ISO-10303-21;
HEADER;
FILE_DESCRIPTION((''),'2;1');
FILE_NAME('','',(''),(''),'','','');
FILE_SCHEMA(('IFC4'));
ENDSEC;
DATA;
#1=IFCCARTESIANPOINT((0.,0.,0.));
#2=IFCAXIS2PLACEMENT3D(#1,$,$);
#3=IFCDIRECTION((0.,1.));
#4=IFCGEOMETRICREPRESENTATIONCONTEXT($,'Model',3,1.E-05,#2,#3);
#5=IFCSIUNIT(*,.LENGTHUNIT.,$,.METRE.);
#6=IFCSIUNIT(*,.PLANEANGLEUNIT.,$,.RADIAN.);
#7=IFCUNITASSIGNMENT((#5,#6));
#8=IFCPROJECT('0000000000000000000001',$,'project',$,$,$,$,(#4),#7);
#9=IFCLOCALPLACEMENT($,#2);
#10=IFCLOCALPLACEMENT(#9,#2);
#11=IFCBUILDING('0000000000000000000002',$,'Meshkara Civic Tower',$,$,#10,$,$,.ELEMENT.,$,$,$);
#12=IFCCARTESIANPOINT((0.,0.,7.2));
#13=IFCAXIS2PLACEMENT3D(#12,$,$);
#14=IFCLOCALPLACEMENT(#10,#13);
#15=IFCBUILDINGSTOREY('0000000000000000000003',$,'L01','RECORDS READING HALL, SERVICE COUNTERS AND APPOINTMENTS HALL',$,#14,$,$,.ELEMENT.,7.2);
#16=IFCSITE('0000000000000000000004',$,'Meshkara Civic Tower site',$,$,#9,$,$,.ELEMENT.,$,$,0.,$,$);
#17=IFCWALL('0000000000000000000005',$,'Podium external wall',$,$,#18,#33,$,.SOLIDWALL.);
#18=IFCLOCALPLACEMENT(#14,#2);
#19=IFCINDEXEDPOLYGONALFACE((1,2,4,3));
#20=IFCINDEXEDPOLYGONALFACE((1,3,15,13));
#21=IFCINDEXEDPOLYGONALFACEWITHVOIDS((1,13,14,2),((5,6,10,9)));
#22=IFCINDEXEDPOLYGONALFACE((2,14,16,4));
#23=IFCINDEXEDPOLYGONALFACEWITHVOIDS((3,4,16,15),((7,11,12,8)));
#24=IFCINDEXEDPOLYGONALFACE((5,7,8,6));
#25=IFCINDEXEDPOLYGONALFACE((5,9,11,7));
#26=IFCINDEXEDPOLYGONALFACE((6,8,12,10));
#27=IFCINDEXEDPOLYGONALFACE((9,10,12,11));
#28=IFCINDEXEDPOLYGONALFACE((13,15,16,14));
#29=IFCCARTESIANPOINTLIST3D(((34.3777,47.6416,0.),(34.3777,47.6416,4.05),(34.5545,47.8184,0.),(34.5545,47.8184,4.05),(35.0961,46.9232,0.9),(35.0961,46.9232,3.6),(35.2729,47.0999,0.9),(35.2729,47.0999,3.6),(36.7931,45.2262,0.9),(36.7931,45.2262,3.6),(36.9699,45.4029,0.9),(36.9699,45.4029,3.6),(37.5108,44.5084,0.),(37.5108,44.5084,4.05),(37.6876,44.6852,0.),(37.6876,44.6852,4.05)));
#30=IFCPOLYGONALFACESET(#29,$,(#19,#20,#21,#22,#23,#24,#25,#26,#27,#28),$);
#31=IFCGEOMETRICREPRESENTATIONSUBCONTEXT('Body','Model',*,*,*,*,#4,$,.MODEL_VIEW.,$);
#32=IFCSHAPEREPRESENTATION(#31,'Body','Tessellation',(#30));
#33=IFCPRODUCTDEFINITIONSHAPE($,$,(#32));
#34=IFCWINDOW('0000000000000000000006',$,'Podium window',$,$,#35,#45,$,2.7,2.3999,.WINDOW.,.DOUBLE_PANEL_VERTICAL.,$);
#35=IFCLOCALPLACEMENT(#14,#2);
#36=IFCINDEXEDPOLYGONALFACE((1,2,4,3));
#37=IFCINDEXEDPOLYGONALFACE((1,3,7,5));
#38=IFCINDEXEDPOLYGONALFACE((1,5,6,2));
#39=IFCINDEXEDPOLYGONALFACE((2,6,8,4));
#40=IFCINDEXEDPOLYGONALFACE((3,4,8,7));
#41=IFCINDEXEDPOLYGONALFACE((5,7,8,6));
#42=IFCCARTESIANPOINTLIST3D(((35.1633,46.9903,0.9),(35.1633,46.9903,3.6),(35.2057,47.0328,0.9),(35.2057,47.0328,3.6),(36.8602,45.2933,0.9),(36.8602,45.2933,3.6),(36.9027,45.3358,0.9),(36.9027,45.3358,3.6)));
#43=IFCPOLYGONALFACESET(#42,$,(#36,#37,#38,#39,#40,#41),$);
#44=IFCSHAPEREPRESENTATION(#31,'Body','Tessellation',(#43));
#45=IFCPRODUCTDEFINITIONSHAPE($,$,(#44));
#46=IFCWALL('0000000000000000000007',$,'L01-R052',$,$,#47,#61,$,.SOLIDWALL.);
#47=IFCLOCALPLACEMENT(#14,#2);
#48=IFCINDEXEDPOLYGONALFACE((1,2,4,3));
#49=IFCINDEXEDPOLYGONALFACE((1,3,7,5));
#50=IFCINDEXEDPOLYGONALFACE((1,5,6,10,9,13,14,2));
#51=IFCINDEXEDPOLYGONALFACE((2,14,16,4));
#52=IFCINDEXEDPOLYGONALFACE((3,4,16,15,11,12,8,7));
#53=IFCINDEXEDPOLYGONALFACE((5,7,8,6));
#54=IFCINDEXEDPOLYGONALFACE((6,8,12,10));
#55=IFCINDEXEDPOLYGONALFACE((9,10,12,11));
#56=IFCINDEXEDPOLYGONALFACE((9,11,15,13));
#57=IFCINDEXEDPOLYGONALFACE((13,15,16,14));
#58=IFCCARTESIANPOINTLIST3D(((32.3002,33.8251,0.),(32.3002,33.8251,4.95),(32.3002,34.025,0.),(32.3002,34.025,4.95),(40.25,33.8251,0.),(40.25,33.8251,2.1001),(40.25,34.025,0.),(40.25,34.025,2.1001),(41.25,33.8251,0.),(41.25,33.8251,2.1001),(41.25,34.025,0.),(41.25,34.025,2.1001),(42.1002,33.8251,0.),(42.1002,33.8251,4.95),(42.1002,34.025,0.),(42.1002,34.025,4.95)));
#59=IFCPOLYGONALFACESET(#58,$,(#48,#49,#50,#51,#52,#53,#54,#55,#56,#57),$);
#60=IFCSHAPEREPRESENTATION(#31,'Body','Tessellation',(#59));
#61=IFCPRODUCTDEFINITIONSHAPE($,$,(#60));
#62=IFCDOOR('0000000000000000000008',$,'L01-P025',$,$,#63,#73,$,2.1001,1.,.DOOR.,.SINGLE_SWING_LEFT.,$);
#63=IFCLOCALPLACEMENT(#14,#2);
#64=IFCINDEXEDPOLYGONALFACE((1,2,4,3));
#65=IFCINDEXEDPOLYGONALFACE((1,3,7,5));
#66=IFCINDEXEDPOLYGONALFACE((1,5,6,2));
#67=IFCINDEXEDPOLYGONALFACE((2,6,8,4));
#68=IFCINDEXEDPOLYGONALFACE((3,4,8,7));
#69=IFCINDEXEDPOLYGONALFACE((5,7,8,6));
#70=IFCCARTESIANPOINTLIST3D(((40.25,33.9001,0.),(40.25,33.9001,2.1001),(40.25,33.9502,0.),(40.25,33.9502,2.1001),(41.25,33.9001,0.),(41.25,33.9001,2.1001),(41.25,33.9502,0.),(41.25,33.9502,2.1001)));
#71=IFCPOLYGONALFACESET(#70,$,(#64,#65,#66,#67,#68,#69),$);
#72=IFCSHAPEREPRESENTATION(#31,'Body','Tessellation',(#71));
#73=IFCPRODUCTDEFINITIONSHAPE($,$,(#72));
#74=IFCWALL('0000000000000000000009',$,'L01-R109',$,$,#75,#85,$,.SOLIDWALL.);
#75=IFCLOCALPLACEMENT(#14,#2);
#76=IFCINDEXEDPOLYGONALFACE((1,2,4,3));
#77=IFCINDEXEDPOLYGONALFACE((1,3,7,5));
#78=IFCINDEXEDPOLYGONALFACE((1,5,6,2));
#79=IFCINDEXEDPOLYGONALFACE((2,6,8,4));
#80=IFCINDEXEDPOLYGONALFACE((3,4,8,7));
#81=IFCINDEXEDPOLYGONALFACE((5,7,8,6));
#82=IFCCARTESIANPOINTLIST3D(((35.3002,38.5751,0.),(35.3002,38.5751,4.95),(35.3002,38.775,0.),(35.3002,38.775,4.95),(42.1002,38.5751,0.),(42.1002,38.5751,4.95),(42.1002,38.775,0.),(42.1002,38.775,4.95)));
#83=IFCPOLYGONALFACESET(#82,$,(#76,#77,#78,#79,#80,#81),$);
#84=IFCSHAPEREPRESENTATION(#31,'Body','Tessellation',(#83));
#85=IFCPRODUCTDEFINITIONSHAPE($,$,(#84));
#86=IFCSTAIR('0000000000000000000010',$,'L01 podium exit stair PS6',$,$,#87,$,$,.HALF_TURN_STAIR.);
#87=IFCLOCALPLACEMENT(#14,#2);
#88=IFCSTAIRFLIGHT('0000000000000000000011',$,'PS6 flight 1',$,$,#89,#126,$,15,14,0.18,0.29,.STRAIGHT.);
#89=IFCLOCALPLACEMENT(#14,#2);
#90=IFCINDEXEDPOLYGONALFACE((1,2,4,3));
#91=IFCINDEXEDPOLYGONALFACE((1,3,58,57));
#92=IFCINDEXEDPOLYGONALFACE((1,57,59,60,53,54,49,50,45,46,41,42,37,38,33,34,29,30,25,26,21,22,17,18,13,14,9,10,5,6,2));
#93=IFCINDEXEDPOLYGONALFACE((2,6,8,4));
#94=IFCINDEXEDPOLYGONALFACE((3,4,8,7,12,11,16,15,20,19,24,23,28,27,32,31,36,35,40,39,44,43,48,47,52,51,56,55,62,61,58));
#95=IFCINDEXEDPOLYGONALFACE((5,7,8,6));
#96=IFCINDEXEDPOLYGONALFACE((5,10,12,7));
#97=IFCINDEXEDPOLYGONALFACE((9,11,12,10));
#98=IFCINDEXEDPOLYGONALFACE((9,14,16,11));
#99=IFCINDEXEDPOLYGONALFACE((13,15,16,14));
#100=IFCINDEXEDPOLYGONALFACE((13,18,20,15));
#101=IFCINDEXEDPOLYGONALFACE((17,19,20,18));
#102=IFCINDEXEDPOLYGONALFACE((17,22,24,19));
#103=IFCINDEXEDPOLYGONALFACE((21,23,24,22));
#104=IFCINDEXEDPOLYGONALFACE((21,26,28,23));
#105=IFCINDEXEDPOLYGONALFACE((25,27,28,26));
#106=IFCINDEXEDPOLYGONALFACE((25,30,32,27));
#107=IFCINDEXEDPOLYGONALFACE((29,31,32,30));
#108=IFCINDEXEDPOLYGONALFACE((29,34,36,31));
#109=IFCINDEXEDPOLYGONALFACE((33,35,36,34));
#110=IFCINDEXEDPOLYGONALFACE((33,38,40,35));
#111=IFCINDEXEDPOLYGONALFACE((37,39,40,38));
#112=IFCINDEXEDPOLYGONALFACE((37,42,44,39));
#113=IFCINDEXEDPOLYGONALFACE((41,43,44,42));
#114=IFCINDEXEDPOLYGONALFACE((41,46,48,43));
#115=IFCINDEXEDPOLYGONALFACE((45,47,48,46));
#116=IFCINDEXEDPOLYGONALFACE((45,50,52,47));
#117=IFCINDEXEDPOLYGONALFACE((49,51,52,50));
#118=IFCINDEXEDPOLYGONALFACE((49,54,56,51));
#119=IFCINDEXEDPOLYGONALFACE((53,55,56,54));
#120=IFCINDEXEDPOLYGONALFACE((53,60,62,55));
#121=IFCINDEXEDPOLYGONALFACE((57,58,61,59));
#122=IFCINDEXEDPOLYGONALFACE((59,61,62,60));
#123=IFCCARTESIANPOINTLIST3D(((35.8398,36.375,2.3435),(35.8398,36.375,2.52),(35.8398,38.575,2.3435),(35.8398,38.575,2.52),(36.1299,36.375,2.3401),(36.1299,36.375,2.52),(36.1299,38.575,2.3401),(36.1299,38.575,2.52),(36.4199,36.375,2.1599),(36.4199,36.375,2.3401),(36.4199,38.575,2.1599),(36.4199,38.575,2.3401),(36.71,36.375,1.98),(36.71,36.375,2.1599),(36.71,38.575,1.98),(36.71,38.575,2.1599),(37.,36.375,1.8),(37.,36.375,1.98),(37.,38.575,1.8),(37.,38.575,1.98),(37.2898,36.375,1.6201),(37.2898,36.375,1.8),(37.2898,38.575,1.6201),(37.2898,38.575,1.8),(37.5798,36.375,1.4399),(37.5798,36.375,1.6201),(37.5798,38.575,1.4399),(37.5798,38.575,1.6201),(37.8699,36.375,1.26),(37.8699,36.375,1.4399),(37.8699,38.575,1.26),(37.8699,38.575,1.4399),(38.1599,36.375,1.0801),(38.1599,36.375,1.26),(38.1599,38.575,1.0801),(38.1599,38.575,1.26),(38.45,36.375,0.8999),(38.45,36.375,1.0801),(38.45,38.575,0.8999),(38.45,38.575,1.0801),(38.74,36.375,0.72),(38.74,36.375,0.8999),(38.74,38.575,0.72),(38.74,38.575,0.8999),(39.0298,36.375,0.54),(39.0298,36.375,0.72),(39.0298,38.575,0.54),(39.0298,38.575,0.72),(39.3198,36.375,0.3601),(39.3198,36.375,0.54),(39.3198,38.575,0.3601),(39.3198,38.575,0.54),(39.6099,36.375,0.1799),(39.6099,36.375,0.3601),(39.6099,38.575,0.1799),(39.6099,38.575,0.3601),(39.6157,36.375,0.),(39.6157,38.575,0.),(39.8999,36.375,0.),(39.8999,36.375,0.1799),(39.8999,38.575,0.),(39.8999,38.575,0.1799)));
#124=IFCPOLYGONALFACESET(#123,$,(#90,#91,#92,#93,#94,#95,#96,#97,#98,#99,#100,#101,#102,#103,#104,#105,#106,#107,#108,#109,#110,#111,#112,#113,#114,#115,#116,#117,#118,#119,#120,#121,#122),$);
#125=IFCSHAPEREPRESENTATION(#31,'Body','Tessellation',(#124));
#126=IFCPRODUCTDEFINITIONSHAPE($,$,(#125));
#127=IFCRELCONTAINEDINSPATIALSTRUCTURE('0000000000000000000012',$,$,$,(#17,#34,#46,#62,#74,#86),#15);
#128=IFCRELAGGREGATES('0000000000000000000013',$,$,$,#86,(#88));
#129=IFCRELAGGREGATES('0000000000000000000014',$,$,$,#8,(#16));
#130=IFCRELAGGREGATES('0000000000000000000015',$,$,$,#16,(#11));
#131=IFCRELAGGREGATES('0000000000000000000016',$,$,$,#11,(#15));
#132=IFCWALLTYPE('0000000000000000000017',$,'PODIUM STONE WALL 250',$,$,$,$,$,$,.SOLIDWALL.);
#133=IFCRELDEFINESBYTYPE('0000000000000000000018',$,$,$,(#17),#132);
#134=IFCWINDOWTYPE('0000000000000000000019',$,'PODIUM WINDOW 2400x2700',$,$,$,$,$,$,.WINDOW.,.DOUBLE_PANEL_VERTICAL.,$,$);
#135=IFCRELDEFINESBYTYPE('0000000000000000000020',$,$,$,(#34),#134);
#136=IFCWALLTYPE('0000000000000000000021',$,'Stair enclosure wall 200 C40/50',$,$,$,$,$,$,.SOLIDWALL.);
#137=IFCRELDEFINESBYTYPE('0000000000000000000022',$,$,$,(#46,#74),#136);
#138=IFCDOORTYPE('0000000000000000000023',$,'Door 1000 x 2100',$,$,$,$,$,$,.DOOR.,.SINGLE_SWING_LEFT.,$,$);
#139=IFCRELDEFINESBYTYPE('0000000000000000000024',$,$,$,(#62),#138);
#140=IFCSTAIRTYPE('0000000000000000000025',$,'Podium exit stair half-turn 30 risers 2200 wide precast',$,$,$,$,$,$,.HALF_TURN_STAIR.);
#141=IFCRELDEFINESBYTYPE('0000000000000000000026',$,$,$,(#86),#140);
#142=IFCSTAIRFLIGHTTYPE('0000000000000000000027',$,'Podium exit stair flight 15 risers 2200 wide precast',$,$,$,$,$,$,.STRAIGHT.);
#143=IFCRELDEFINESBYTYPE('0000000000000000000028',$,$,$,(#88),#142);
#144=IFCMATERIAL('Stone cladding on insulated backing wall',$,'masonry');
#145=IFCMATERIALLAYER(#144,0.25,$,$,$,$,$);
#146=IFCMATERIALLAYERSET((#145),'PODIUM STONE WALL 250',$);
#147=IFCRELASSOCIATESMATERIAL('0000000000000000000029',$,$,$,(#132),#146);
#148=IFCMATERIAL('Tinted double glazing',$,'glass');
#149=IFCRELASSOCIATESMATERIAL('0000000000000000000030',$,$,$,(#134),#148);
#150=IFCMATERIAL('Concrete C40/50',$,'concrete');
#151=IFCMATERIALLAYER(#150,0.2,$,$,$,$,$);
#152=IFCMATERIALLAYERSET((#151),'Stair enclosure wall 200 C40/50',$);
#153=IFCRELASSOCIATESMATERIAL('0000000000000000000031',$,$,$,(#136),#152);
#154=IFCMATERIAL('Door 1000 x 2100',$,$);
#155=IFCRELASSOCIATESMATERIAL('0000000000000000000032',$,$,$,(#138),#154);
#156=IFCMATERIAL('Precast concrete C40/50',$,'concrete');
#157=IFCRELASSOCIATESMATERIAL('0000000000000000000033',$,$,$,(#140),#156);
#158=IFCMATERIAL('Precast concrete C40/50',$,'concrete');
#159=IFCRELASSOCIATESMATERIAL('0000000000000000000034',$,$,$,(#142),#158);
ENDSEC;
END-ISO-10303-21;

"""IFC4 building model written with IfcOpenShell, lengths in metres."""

from ifc_helpers import new_model, si_unit, direction, frame, frame_2d, origin, place, context, subcontext, project, spatial, polyline, rectangle, outline, extrude, material, layer, layer_set, type_object, element, fill, aggregate, save


model = new_model("IFC4")

# Units and contexts
model_context = context("Model", 3, precision=1e-05, world=origin(), true_north=direction((0.0, 1.0)))
body_context = subcontext(model_context, "Body", "Model", "MODEL_VIEW")
ifc_project = project(units=[si_unit("LENGTHUNIT", "METRE"), si_unit("PLANEANGLEUNIT", "RADIAN")], contexts=[model_context])

# Site, building, storey
site_placement = place(None, origin())
site = spatial("IfcSite", under=ifc_project, at=site_placement, Name="Meshkara Civic Tower site", CompositionType="ELEMENT", RefElevation=0.0)
building_placement = place(site_placement, origin())
building = spatial("IfcBuilding", under=site, at=building_placement, Name="Meshkara Civic Tower", CompositionType="ELEMENT")
storey_placement = place(building_placement, frame((0.0, 0.0, 7.2)))
storey = spatial("IfcBuildingStorey", under=building, at=storey_placement, Name="L01", Description="RECORDS READING HALL, SERVICE COUNTERS AND APPOINTMENTS HALL", CompositionType="ELEMENT", Elevation=7.2)

# Wall, opening, window
ifc_material_1 = material(Name="Stone cladding on insulated backing wall", Category="masonry")
ifc_layer_1 = layer(ifc_material_1, 0.25)
ifc_layer_set_1 = layer_set([ifc_layer_1], Name="PODIUM STONE WALL 250")
wall_type_1 = type_object("IfcWallType", Name="PODIUM STONE WALL 250", PredefinedType="SOLIDWALL", material=ifc_layer_set_1)
ifc_material_2 = material(Name="Tinted double glazing", Category="glass")
window_type = type_object("IfcWindowType", Name="PODIUM WINDOW 2400x2700", PartitioningType="DOUBLE_PANEL_VERTICAL", PredefinedType="WINDOW", material=ifc_material_2)
wall_1_placement = place(storey_placement, frame((37.5991, 44.5969, 0.0), z_axis=(0.0, 0.0, 1.0), x_axis=(-0.707107, 0.707107, 0.0)))
wall_1 = element("IfcWall", 1, at=wall_1_placement, inside=storey, type_object=wall_type_1, Name="Podium external wall", PredefinedType="SOLIDWALL", context=body_context, shape_type="SweptSolid", body=[
    extrude(rectangle(XDim=4.4309, YDim=0.25, at=frame_2d((2.2153, 0.0))), origin(), (0.0, 0.0, 1.0), 4.05),
])
opening_1_placement = place(wall_1_placement, frame((1.0149, 0.0, 0.8999)))
opening_1 = element("IfcOpeningElement", 2, at=opening_1_placement, cuts=wall_1, PredefinedType="OPENING", context=body_context, shape_type="SweptSolid", body=[
    extrude(rectangle(XDim=2.3999, YDim=2.7, at=frame_2d((1.2, 1.3501))), frame((0.0, 0.135, 0.0), z_axis=(0.0, -1.0, 0.0), x_axis=(1.0, 0.0, 0.0)), (0.0, 0.0, 1.0), 0.27),
])
window_1_placement = place(opening_1_placement, origin())
window_1 = element("IfcWindow", 3, at=window_1_placement, inside=storey, type_object=window_type, Name="Podium window", OverallHeight=2.7, OverallWidth=2.3999, PartitioningType="DOUBLE_PANEL_VERTICAL", PredefinedType="WINDOW", context=body_context, shape_type="SweptSolid", body=[
    extrude(rectangle(XDim=2.3999, YDim=2.7, at=frame_2d((1.2, 1.3501))), frame((0.0, 0.03, 0.0), z_axis=(0.0, -1.0, 0.0), x_axis=(1.0, 0.0, 0.0)), (0.0, 0.0, 1.0), 0.0601),
])
fill(opening_1, window_1)

# Wall, opening, door
ifc_material_3 = material(Name="Concrete C40/50", Category="concrete")
ifc_layer_2 = layer(ifc_material_3, 0.2)
ifc_layer_set_2 = layer_set([ifc_layer_2], Name="Stair enclosure wall 200 C40/50")
wall_type_2 = type_object("IfcWallType", Name="Stair enclosure wall 200 C40/50", PredefinedType="SOLIDWALL", material=ifc_layer_set_2)
wall_2_placement = place(storey_placement, frame((42.1001, 33.925, 0.0), z_axis=(0.0, 0.0, 1.0), x_axis=(-1.0, 0.0, 0.0)))
wall_2 = element("IfcWall", 4, at=wall_2_placement, inside=storey, type_object=wall_type_2, Name="L01-R052", PredefinedType="SOLIDWALL", context=body_context, shape_type="SweptSolid", body=[
    extrude(rectangle(XDim=9.8, YDim=0.2, at=frame_2d((4.8999, 0.0))), origin(), (0.0, 0.0, 1.0), 4.95),
])
opening_2_placement = place(wall_2_placement, frame((0.8501, 0.0, 0.0)))
opening_2 = element("IfcOpeningElement", 5, at=opening_2_placement, cuts=wall_2, PredefinedType="OPENING", context=body_context, shape_type="SweptSolid", body=[
    extrude(rectangle(XDim=1.0, YDim=2.1001, at=frame_2d((0.5, 1.05))), frame((0.0, 0.1099, 0.0), z_axis=(0.0, -1.0, 0.0), x_axis=(1.0, 0.0, 0.0)), (0.0, 0.0, 1.0), 0.22),
])
ifc_material_4 = material(Name="Door 1000 x 2100")
door_type = type_object("IfcDoorType", Name="Door 1000 x 2100", OperationType="SINGLE_SWING_LEFT", PredefinedType="DOOR", material=ifc_material_4)
door_placement = place(opening_2_placement, origin())
door = element("IfcDoor", 6, at=door_placement, inside=storey, type_object=door_type, Name="L01-P025", OperationType="SINGLE_SWING_LEFT", OverallHeight=2.1001, OverallWidth=1.0, PredefinedType="DOOR", context=body_context, shape_type="SweptSolid", body=[
    extrude(rectangle(XDim=1.0, YDim=2.1001, at=frame_2d((0.5, 1.05))), frame((0.0, 0.0249, 0.0), z_axis=(0.0, -1.0, 0.0), x_axis=(1.0, 0.0, 0.0)), (0.0, 0.0, 1.0), 0.05),
])
fill(opening_2, door)

# Wall
wall_3_placement = place(storey_placement, frame((42.1001, 38.675, 0.0), z_axis=(0.0, 0.0, 1.0), x_axis=(-1.0, 0.0, 0.0)))
element("IfcWall", 7, at=wall_3_placement, inside=storey, type_object=wall_type_2, Name="L01-R109", PredefinedType="SOLIDWALL", context=body_context, shape_type="SweptSolid", body=[
    extrude(rectangle(XDim=6.8, YDim=0.2, at=frame_2d((3.3999, 0.0))), origin(), (0.0, 0.0, 1.0), 4.95),
])

# Stair, stair flight
ifc_material_5 = material(Name="Precast concrete C40/50", Category="concrete")
stair_type = type_object("IfcStairType", Name="Podium exit stair half-turn 30 risers 2200 wide precast", PredefinedType="HALF_TURN_STAIR", material=ifc_material_5)
stair_placement = place(storey_placement, origin())
stair = element("IfcStair", 8, at=stair_placement, inside=storey, type_object=stair_type, Name="L01 podium exit stair PS6", PredefinedType="HALF_TURN_STAIR")
ifc_material_6 = material(Name="Precast concrete C40/50", Category="concrete")
stair_flight_type = type_object("IfcStairFlightType", Name="Podium exit stair flight 15 risers 2200 wide precast", PredefinedType="STRAIGHT", material=ifc_material_6)
stair_flight_placement = place(storey_placement, frame((39.8999, 37.4751, 0.0), z_axis=(0.0, 0.0, 1.0), x_axis=(-1.0, 0.0, 0.0)))
stair_flight = element("IfcStairFlight", 9, at=stair_flight_placement, type_object=stair_flight_type, Name="PS6 flight 1", NumberOfRisers=15, NumberOfTreads=14, PredefinedType="STRAIGHT", RiserHeight=0.18, TreadLength=0.29, context=body_context, shape_type="SweptSolid", body=[
    extrude(outline(polyline([(0.0, 0.0), (0.0, 0.1799), (0.29, 0.1799), (0.29, 0.3601), (0.5801, 0.3601), (0.5801, 0.54), (0.8701, 0.54), (0.8701, 0.72), (1.1599, 0.72), (1.1599, 0.8999), (1.45, 0.8999), (1.45, 1.0801), (1.74, 1.0801), (1.74, 1.26), (2.03, 1.26), (2.03, 1.4399), (2.3201, 1.4399), (2.3201, 1.6201), (2.6101, 1.6201), (2.6101, 1.8), (2.8999, 1.8), (2.8999, 1.98), (3.1899, 1.98), (3.1899, 2.1599), (3.48, 2.1599), (3.48, 2.3401), (3.77, 2.3401), (3.77, 2.52), (4.0601, 2.52), (4.0601, 2.7), (4.0601, 2.3435), (0.2842, 0.0), (0.0, 0.0)])), frame((0.0, 1.1001, 0.0), z_axis=(0.0, -1.0, 0.0), x_axis=(1.0, 0.0, 0.0)), (0.0, 0.0, 1.0), 2.2),
])
aggregate(stair, [stair_flight])

save(model, "model.ifc")
